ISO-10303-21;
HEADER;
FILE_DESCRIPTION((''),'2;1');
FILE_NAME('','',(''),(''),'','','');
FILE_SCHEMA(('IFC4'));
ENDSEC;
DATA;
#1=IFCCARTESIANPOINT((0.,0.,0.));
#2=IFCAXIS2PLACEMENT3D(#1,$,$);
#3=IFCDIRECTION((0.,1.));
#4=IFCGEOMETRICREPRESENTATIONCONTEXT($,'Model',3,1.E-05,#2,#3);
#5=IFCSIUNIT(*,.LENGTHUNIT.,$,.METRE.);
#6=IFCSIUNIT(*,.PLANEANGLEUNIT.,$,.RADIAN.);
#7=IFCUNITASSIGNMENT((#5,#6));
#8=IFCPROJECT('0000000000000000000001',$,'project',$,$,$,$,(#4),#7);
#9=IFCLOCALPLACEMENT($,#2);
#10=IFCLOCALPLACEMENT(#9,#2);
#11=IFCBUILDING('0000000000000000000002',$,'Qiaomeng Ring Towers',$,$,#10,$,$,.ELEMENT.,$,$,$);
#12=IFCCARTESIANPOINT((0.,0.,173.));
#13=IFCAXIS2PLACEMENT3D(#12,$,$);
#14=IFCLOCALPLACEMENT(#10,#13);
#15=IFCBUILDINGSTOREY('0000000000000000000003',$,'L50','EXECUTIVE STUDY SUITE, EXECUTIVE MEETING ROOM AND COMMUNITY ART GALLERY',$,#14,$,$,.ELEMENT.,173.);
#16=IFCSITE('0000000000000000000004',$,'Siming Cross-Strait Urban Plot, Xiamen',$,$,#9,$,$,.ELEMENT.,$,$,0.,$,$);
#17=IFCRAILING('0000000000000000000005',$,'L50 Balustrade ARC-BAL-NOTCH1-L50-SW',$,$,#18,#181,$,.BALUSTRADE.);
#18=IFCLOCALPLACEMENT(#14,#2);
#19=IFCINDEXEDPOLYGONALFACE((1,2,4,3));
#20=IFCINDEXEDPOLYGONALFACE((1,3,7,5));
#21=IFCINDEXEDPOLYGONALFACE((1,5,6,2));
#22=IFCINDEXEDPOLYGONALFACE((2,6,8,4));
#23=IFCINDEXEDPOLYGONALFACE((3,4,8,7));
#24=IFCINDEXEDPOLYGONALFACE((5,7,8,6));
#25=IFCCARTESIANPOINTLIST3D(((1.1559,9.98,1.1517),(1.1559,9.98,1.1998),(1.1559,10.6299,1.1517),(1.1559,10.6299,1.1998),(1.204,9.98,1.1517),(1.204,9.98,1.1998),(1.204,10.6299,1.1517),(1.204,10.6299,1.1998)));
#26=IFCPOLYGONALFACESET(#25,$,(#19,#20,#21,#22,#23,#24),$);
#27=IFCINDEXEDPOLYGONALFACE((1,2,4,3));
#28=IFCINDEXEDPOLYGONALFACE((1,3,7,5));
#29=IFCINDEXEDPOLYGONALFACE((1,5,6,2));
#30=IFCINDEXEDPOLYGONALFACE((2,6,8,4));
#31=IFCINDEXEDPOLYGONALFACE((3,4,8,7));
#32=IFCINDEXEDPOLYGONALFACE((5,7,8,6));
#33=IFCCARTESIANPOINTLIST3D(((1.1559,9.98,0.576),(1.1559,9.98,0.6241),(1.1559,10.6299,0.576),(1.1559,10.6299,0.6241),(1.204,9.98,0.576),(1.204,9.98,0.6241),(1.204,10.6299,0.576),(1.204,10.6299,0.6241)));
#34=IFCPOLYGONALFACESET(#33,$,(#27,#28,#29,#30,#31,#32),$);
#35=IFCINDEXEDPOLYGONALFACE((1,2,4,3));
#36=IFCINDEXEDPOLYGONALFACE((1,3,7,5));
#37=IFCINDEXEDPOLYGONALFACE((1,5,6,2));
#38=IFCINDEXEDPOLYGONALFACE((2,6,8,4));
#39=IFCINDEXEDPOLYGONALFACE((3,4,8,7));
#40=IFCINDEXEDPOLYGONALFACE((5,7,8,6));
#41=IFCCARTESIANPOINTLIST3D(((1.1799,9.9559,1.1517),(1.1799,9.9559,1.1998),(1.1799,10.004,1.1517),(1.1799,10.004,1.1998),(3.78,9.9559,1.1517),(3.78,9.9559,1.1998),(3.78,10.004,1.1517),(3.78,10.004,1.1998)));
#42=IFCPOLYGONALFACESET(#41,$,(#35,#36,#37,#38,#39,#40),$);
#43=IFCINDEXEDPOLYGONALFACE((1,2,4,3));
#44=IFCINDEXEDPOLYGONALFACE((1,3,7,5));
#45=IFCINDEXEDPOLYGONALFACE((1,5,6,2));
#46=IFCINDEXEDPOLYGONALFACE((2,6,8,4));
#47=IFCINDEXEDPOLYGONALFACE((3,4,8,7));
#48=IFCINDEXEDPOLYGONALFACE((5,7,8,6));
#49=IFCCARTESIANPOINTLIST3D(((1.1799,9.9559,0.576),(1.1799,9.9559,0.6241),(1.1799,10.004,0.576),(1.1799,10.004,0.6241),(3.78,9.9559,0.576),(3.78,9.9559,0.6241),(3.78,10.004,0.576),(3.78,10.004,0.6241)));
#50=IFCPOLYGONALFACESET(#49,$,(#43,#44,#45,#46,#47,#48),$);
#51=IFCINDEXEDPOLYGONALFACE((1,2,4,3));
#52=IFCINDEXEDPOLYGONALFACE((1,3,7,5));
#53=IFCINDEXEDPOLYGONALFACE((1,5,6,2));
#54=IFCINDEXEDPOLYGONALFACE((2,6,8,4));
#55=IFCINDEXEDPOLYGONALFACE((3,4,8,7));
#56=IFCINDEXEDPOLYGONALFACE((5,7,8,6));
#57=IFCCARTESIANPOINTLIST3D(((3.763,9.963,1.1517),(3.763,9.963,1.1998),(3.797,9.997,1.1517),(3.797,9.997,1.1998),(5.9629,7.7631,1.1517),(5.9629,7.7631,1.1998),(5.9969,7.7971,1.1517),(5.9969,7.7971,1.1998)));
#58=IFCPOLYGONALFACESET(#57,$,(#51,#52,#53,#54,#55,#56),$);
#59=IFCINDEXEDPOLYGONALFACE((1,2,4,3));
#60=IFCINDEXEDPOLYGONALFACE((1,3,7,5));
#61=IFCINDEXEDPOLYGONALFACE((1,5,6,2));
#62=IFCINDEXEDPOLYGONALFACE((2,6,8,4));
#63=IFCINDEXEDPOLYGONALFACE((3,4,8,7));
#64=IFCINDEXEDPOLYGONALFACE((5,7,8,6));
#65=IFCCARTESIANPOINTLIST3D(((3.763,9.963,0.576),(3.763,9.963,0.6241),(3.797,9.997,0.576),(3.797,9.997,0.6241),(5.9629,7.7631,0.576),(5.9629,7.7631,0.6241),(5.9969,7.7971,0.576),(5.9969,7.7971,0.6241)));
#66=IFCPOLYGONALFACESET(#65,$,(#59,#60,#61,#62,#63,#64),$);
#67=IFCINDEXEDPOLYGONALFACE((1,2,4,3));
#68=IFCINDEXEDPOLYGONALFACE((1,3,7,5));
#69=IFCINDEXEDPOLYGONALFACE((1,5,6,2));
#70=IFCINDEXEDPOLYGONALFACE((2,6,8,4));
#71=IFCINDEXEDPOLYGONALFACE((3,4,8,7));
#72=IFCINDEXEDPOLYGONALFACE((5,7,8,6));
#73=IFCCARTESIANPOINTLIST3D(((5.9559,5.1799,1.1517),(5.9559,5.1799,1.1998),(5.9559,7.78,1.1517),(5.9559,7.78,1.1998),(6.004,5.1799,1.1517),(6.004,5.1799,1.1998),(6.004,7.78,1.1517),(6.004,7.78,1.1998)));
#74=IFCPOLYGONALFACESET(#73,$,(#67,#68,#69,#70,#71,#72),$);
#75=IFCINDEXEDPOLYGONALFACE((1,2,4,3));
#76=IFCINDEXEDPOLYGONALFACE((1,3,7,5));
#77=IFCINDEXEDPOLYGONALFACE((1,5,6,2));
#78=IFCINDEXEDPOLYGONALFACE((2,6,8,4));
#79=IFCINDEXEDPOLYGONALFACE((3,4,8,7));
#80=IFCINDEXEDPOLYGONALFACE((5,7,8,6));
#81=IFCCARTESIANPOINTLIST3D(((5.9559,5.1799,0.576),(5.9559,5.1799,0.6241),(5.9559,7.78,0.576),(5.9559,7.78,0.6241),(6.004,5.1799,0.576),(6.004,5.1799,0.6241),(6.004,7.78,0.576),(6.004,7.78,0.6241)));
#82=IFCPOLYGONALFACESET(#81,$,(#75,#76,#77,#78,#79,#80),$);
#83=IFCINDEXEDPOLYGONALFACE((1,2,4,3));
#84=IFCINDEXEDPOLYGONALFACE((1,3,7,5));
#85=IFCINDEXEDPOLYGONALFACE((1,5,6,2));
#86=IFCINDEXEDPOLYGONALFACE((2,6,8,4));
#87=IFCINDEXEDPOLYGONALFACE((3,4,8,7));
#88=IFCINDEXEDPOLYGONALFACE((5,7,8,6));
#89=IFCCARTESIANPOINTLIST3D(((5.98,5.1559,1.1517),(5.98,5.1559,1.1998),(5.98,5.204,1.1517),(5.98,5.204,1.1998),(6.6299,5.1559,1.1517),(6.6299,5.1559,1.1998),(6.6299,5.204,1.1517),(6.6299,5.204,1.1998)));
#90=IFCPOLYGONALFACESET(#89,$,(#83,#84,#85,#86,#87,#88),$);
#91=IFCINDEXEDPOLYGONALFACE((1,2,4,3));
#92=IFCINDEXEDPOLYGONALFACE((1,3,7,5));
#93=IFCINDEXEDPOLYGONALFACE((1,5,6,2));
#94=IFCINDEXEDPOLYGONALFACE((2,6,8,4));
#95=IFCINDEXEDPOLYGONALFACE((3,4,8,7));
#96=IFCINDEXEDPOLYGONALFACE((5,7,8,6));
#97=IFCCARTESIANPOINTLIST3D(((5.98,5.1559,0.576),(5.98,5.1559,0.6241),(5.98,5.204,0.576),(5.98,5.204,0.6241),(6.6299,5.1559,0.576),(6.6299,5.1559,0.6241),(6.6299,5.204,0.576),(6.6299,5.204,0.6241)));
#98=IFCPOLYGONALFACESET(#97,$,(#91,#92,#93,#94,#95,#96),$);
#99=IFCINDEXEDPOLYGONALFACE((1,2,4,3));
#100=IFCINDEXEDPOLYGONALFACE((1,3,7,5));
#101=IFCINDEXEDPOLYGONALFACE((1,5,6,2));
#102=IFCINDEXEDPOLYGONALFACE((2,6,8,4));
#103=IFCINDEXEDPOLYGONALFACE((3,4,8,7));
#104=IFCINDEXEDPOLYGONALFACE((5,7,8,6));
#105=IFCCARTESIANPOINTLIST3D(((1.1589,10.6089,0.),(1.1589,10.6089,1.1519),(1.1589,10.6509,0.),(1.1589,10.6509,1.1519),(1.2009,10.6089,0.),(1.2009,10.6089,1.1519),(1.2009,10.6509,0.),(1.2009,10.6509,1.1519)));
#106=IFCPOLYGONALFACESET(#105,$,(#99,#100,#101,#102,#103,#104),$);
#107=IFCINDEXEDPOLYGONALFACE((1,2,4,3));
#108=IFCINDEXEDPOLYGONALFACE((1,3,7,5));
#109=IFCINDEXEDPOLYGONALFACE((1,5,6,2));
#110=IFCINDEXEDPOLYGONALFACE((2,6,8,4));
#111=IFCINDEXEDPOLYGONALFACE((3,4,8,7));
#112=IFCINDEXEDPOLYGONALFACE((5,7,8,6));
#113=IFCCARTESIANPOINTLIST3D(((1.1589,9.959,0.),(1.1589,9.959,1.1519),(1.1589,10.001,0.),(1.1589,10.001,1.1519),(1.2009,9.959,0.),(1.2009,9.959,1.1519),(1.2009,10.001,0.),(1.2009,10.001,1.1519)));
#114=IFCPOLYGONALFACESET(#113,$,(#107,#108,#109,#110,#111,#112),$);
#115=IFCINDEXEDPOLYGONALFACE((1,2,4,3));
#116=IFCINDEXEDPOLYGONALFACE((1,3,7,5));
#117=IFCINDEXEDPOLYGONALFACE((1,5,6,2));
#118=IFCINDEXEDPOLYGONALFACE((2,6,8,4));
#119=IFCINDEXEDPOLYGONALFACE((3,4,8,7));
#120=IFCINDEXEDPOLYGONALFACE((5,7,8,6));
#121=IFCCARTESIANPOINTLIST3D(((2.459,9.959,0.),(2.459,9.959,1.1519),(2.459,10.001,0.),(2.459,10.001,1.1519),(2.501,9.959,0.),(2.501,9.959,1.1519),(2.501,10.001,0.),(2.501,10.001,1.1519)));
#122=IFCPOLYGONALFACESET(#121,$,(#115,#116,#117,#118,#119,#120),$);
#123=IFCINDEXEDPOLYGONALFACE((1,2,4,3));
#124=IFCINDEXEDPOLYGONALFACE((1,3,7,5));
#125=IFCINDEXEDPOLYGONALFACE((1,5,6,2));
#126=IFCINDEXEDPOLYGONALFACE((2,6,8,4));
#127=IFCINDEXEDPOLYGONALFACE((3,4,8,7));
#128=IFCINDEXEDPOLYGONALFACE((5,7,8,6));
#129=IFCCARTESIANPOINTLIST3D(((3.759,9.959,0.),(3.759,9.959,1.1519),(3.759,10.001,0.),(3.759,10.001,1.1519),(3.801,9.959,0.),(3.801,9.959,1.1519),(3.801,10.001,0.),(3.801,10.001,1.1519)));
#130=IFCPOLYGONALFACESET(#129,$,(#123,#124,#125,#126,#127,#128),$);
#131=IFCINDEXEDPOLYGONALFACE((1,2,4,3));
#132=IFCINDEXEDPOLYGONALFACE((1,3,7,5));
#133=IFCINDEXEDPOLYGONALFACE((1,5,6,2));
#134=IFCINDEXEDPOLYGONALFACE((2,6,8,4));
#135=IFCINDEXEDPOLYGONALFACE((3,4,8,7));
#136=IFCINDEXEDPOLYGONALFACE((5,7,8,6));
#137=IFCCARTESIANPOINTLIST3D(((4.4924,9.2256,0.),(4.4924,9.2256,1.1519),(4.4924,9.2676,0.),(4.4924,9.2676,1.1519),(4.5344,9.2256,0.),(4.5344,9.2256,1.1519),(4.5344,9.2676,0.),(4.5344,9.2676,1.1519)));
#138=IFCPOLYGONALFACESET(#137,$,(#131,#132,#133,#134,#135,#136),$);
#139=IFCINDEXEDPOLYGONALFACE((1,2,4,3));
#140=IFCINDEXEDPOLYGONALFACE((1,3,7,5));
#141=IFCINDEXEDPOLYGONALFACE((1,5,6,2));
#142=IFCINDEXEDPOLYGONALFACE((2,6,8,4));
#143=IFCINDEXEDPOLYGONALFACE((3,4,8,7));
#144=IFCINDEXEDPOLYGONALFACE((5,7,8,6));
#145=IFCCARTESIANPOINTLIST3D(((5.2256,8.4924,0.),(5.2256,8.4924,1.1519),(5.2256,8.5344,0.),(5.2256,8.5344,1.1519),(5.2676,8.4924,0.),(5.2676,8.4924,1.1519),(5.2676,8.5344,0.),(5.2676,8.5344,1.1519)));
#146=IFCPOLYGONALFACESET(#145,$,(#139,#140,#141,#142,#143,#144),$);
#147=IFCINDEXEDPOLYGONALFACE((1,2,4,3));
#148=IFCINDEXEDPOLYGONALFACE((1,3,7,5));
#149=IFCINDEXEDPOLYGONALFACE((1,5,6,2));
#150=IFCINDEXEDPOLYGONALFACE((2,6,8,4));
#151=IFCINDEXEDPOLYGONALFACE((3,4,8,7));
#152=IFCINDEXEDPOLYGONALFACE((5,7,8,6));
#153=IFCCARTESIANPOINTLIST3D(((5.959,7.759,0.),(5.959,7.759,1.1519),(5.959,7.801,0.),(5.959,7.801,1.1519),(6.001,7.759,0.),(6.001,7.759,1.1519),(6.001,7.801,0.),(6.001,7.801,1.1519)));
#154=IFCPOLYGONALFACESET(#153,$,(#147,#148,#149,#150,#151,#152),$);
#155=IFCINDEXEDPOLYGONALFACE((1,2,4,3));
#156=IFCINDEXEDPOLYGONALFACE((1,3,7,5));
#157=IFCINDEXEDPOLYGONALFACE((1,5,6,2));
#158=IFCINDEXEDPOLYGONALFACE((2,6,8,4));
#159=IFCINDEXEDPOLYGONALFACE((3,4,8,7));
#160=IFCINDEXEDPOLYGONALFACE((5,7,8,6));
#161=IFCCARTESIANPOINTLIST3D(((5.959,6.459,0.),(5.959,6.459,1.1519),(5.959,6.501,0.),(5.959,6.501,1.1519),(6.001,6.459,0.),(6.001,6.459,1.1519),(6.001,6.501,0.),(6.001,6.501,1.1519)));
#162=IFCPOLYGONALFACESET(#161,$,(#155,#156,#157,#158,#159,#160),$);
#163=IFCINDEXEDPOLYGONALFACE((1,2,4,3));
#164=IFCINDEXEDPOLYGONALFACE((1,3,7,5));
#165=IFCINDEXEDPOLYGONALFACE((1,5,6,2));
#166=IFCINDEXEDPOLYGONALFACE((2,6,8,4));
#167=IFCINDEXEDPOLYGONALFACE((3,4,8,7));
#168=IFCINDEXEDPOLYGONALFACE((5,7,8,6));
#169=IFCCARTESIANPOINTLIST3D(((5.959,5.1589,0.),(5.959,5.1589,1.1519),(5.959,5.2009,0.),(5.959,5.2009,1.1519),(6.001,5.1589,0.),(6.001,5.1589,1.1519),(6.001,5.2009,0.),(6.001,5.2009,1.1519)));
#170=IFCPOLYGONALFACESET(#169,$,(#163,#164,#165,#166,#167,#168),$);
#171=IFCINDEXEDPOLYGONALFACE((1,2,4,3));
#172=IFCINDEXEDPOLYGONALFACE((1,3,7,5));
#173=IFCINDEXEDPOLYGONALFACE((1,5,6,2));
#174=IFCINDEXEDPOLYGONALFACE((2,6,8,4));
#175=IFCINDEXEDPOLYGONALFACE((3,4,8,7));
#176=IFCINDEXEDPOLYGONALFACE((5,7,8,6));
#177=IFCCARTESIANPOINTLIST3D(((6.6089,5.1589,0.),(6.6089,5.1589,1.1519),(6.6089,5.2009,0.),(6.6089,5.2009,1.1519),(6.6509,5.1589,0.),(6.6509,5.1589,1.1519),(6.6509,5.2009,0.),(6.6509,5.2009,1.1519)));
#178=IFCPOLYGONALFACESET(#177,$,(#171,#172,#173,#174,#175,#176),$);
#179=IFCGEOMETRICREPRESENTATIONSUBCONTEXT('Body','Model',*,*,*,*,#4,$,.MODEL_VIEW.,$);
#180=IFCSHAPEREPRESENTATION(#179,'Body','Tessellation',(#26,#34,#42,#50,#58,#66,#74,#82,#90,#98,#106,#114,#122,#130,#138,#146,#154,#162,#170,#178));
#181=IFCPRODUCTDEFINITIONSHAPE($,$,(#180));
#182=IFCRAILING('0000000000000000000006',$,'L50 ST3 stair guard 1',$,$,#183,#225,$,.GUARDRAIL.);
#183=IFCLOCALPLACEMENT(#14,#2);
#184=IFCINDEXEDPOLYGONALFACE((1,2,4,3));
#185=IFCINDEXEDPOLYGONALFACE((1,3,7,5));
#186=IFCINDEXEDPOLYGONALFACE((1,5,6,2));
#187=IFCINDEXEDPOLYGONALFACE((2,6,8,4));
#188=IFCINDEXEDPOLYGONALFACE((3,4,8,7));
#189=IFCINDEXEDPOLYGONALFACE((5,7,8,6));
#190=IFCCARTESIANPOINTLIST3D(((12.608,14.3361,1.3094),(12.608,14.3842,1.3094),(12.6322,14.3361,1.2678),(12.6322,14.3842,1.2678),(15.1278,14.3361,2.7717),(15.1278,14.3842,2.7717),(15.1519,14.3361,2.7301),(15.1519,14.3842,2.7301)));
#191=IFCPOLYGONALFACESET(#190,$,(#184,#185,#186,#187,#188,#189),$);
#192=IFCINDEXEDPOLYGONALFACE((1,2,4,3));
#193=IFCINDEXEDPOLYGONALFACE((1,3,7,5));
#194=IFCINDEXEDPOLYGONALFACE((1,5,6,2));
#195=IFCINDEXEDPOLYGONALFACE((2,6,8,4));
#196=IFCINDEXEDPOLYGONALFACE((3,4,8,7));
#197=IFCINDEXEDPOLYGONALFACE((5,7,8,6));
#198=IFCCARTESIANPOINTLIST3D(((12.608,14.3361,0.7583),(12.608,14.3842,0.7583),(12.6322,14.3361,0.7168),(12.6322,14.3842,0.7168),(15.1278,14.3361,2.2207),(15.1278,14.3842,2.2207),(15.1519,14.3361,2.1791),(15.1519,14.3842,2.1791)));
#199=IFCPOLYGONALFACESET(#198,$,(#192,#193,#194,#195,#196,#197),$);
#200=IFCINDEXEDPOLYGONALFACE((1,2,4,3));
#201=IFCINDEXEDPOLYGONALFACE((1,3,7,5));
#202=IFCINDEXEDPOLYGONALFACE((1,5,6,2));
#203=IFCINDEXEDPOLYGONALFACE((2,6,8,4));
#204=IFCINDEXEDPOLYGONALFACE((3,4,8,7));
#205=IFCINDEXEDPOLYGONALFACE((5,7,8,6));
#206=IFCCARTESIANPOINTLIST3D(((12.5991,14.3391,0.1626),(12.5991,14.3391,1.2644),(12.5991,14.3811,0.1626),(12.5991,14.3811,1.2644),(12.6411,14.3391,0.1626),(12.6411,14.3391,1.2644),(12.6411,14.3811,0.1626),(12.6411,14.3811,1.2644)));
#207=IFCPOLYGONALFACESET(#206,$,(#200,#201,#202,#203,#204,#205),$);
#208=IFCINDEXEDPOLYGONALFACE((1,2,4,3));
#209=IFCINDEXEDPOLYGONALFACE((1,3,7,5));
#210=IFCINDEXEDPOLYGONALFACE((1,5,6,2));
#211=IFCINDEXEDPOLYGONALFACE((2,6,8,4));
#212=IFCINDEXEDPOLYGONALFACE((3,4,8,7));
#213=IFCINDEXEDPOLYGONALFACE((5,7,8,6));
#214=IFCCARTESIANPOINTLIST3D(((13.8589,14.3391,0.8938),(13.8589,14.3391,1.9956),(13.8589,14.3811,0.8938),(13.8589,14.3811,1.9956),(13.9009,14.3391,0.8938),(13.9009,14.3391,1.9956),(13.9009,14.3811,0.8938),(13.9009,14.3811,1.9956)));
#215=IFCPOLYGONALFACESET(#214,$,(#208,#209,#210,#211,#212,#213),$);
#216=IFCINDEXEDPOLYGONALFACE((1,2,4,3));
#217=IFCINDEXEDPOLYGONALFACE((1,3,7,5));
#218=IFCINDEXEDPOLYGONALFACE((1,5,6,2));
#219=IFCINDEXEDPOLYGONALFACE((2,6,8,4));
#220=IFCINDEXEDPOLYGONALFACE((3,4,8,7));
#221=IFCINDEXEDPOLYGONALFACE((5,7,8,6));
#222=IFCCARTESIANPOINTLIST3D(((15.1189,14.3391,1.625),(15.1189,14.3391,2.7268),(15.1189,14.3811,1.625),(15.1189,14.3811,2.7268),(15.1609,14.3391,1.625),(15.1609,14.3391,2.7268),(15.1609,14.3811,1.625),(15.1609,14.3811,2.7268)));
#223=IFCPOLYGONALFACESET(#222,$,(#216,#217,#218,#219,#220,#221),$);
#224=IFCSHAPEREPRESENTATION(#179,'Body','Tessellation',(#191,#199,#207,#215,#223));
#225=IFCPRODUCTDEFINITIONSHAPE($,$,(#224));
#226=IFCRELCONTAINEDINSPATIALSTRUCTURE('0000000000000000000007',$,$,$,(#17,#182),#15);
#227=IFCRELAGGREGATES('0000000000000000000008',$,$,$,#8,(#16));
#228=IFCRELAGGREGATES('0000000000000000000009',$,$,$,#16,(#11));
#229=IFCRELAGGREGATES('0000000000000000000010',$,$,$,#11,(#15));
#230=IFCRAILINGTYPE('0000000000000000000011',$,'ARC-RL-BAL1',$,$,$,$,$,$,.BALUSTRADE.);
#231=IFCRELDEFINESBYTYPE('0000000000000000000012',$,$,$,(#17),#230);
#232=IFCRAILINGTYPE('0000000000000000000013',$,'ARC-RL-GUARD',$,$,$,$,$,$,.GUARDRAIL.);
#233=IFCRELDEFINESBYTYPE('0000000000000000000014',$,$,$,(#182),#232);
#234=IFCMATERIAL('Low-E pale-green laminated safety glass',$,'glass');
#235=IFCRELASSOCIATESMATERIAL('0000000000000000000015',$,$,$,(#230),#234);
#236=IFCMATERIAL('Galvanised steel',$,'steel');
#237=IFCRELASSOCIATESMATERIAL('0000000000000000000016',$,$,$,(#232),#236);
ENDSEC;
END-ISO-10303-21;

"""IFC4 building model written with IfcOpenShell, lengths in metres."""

from ifc_helpers import new_model, si_unit, direction, frame, origin, origin_2d, place, context, subcontext, project, spatial, rectangle, extrude, material, type_object, element, save


model = new_model("IFC4")

# Units and contexts
model_context = context("Model", 3, precision=1e-05, world=origin(), true_north=direction((0.0, 1.0)))
body_context = subcontext(model_context, "Body", "Model", "MODEL_VIEW")
ifc_project = project(units=[si_unit("LENGTHUNIT", "METRE"), si_unit("PLANEANGLEUNIT", "RADIAN")], contexts=[model_context])

# Site, building, storey
site_placement = place(None, origin())
site = spatial("IfcSite", under=ifc_project, at=site_placement, Name="Siming Cross-Strait Urban Plot, Xiamen", CompositionType="ELEMENT", RefElevation=0.0)
building_placement = place(site_placement, origin())
building = spatial("IfcBuilding", under=site, at=building_placement, Name="Qiaomeng Ring Towers", CompositionType="ELEMENT")
storey_placement = place(building_placement, frame((0.0, 0.0, 173.0)))
storey = spatial("IfcBuildingStorey", under=building, at=storey_placement, Name="L50", Description="EXECUTIVE STUDY SUITE, EXECUTIVE MEETING ROOM AND COMMUNITY ART GALLERY", CompositionType="ELEMENT", Elevation=173.0)

# Shared definitions
ifc_material_1 = material(Name="Galvanised steel", Category="steel")

# Railings
ifc_material_2 = material(Name="Low-E pale-green laminated safety glass", Category="glass")
railing_type_1 = type_object("IfcRailingType", Name="ARC-RL-BAL1", PredefinedType="BALUSTRADE", material=ifc_material_2)
railing_1_placement = place(storey_placement, frame((1.1799, 10.6299, 0.0)))
element("IfcRailing", 1, at=railing_1_placement, inside=storey, type_object=railing_type_1, Name="L50 Balustrade ARC-BAL-NOTCH1-L50-SW", PredefinedType="BALUSTRADE", context=body_context, shape_type="SweptSolid", body=[
    extrude(rectangle(XDim=0.0481, YDim=0.0481, at=origin_2d()), frame((0.0, 0.0, 1.1758), z_axis=(0.0, -1.0, 0.0), x_axis=(1.0, 0.0, 0.0)), (0.0, 0.0, 1.0), 0.6499),
    extrude(rectangle(XDim=0.0481, YDim=0.0481, at=origin_2d()), frame((0.0, 0.0, 0.6001), z_axis=(0.0, -1.0, 0.0), x_axis=(1.0, 0.0, 0.0)), (0.0, 0.0, 1.0), 0.6499),
    extrude(rectangle(XDim=0.0481, YDim=0.0481, at=origin_2d()), frame((0.0, -0.6499, 1.1758), z_axis=(1.0, 0.0, 0.0), x_axis=(0.0, 1.0, 0.0)), (0.0, 0.0, 1.0), 2.6001),
    extrude(rectangle(XDim=0.0481, YDim=0.0481, at=origin_2d()), frame((0.0, -0.6499, 0.6001), z_axis=(1.0, 0.0, 0.0), x_axis=(0.0, 1.0, 0.0)), (0.0, 0.0, 1.0), 2.6001),
    extrude(rectangle(XDim=0.0481, YDim=0.0481, at=origin_2d()), frame((2.6001, -0.6499, 1.1758), z_axis=(0.707107, -0.707107, 0.0), x_axis=(0.707107, 0.707107, 0.0)), (0.0, 0.0, 1.0), 3.1111),
    extrude(rectangle(XDim=0.0481, YDim=0.0481, at=origin_2d()), frame((2.6001, -0.6499, 0.6001), z_axis=(0.707107, -0.707107, 0.0), x_axis=(0.707107, 0.707107, 0.0)), (0.0, 0.0, 1.0), 3.1111),
    extrude(rectangle(XDim=0.0481, YDim=0.0481, at=origin_2d()), frame((4.8, -2.8499, 1.1758), z_axis=(0.0, -1.0, 0.0), x_axis=(1.0, 0.0, 0.0)), (0.0, 0.0, 1.0), 2.6001),
    extrude(rectangle(XDim=0.0481, YDim=0.0481, at=origin_2d()), frame((4.8, -2.8499, 0.6001), z_axis=(0.0, -1.0, 0.0), x_axis=(1.0, 0.0, 0.0)), (0.0, 0.0, 1.0), 2.6001),
    extrude(rectangle(XDim=0.0481, YDim=0.0481, at=origin_2d()), frame((4.8, -5.45, 1.1758), z_axis=(1.0, 0.0, 0.0), x_axis=(0.0, 1.0, 0.0)), (0.0, 0.0, 1.0), 0.6499),
    extrude(rectangle(XDim=0.0481, YDim=0.0481, at=origin_2d()), frame((4.8, -5.45, 0.6001), z_axis=(1.0, 0.0, 0.0), x_axis=(0.0, 1.0, 0.0)), (0.0, 0.0, 1.0), 0.6499),
    extrude(rectangle(XDim=0.042, YDim=0.042, at=origin_2d()), origin(), (0.0, 0.0, 1.0), 1.1519),
    extrude(rectangle(XDim=0.042, YDim=0.042, at=origin_2d()), frame((0.0, -0.6499, 0.0)), (0.0, 0.0, 1.0), 1.1519),
    extrude(rectangle(XDim=0.042, YDim=0.042, at=origin_2d()), frame((1.3, -0.6499, 0.0)), (0.0, 0.0, 1.0), 1.1519),
    extrude(rectangle(XDim=0.042, YDim=0.042, at=origin_2d()), frame((2.6001, -0.6499, 0.0)), (0.0, 0.0, 1.0), 1.1519),
    extrude(rectangle(XDim=0.042, YDim=0.042, at=origin_2d()), frame((3.3335, -1.3833, 0.0)), (0.0, 0.0, 1.0), 1.1519),
    extrude(rectangle(XDim=0.042, YDim=0.042, at=origin_2d()), frame((4.0667, -2.1165, 0.0)), (0.0, 0.0, 1.0), 1.1519),
    extrude(rectangle(XDim=0.042, YDim=0.042, at=origin_2d()), frame((4.8, -2.8499, 0.0)), (0.0, 0.0, 1.0), 1.1519),
    extrude(rectangle(XDim=0.042, YDim=0.042, at=origin_2d()), frame((4.8, -4.1499, 0.0)), (0.0, 0.0, 1.0), 1.1519),
    extrude(rectangle(XDim=0.042, YDim=0.042, at=origin_2d()), frame((4.8, -5.45, 0.0)), (0.0, 0.0, 1.0), 1.1519),
    extrude(rectangle(XDim=0.042, YDim=0.042, at=origin_2d()), frame((5.45, -5.45, 0.0)), (0.0, 0.0, 1.0), 1.1519),
])
railing_type_2 = type_object("IfcRailingType", Name="ARC-RL-GUARD", PredefinedType="GUARDRAIL", material=ifc_material_1)
railing_2_placement = place(storey_placement, frame((12.6201, 14.3601, 0.1626)))
element("IfcRailing", 2, at=railing_2_placement, inside=storey, type_object=railing_type_2, Name="L50 ST3 stair guard 1", PredefinedType="GUARDRAIL", context=body_context, shape_type="SweptSolid", body=[
    extrude(rectangle(XDim=0.0481, YDim=0.0481, at=origin_2d()), frame((0.0, 0.0, 1.126), z_axis=(0.864892, 0.0, 0.501958), x_axis=(0.0, 1.0, 0.0)), (0.0, 0.0, 1.0), 2.9133),
    extrude(rectangle(XDim=0.0481, YDim=0.0481, at=origin_2d()), frame((0.0, 0.0, 0.575), z_axis=(0.864892, 0.0, 0.501958), x_axis=(0.0, 1.0, 0.0)), (0.0, 0.0, 1.0), 2.9133),
    extrude(rectangle(XDim=0.042, YDim=0.042, at=origin_2d()), origin(), (0.0, 0.0, 1.0), 1.1018),
    extrude(rectangle(XDim=0.042, YDim=0.042, at=origin_2d()), frame((1.2598, 0.0, 0.7312)), (0.0, 0.0, 1.0), 1.1018),
    extrude(rectangle(XDim=0.042, YDim=0.042, at=origin_2d()), frame((2.5198, 0.0, 1.4624)), (0.0, 0.0, 1.0), 1.1018),
])

save(model, "model.ifc")
